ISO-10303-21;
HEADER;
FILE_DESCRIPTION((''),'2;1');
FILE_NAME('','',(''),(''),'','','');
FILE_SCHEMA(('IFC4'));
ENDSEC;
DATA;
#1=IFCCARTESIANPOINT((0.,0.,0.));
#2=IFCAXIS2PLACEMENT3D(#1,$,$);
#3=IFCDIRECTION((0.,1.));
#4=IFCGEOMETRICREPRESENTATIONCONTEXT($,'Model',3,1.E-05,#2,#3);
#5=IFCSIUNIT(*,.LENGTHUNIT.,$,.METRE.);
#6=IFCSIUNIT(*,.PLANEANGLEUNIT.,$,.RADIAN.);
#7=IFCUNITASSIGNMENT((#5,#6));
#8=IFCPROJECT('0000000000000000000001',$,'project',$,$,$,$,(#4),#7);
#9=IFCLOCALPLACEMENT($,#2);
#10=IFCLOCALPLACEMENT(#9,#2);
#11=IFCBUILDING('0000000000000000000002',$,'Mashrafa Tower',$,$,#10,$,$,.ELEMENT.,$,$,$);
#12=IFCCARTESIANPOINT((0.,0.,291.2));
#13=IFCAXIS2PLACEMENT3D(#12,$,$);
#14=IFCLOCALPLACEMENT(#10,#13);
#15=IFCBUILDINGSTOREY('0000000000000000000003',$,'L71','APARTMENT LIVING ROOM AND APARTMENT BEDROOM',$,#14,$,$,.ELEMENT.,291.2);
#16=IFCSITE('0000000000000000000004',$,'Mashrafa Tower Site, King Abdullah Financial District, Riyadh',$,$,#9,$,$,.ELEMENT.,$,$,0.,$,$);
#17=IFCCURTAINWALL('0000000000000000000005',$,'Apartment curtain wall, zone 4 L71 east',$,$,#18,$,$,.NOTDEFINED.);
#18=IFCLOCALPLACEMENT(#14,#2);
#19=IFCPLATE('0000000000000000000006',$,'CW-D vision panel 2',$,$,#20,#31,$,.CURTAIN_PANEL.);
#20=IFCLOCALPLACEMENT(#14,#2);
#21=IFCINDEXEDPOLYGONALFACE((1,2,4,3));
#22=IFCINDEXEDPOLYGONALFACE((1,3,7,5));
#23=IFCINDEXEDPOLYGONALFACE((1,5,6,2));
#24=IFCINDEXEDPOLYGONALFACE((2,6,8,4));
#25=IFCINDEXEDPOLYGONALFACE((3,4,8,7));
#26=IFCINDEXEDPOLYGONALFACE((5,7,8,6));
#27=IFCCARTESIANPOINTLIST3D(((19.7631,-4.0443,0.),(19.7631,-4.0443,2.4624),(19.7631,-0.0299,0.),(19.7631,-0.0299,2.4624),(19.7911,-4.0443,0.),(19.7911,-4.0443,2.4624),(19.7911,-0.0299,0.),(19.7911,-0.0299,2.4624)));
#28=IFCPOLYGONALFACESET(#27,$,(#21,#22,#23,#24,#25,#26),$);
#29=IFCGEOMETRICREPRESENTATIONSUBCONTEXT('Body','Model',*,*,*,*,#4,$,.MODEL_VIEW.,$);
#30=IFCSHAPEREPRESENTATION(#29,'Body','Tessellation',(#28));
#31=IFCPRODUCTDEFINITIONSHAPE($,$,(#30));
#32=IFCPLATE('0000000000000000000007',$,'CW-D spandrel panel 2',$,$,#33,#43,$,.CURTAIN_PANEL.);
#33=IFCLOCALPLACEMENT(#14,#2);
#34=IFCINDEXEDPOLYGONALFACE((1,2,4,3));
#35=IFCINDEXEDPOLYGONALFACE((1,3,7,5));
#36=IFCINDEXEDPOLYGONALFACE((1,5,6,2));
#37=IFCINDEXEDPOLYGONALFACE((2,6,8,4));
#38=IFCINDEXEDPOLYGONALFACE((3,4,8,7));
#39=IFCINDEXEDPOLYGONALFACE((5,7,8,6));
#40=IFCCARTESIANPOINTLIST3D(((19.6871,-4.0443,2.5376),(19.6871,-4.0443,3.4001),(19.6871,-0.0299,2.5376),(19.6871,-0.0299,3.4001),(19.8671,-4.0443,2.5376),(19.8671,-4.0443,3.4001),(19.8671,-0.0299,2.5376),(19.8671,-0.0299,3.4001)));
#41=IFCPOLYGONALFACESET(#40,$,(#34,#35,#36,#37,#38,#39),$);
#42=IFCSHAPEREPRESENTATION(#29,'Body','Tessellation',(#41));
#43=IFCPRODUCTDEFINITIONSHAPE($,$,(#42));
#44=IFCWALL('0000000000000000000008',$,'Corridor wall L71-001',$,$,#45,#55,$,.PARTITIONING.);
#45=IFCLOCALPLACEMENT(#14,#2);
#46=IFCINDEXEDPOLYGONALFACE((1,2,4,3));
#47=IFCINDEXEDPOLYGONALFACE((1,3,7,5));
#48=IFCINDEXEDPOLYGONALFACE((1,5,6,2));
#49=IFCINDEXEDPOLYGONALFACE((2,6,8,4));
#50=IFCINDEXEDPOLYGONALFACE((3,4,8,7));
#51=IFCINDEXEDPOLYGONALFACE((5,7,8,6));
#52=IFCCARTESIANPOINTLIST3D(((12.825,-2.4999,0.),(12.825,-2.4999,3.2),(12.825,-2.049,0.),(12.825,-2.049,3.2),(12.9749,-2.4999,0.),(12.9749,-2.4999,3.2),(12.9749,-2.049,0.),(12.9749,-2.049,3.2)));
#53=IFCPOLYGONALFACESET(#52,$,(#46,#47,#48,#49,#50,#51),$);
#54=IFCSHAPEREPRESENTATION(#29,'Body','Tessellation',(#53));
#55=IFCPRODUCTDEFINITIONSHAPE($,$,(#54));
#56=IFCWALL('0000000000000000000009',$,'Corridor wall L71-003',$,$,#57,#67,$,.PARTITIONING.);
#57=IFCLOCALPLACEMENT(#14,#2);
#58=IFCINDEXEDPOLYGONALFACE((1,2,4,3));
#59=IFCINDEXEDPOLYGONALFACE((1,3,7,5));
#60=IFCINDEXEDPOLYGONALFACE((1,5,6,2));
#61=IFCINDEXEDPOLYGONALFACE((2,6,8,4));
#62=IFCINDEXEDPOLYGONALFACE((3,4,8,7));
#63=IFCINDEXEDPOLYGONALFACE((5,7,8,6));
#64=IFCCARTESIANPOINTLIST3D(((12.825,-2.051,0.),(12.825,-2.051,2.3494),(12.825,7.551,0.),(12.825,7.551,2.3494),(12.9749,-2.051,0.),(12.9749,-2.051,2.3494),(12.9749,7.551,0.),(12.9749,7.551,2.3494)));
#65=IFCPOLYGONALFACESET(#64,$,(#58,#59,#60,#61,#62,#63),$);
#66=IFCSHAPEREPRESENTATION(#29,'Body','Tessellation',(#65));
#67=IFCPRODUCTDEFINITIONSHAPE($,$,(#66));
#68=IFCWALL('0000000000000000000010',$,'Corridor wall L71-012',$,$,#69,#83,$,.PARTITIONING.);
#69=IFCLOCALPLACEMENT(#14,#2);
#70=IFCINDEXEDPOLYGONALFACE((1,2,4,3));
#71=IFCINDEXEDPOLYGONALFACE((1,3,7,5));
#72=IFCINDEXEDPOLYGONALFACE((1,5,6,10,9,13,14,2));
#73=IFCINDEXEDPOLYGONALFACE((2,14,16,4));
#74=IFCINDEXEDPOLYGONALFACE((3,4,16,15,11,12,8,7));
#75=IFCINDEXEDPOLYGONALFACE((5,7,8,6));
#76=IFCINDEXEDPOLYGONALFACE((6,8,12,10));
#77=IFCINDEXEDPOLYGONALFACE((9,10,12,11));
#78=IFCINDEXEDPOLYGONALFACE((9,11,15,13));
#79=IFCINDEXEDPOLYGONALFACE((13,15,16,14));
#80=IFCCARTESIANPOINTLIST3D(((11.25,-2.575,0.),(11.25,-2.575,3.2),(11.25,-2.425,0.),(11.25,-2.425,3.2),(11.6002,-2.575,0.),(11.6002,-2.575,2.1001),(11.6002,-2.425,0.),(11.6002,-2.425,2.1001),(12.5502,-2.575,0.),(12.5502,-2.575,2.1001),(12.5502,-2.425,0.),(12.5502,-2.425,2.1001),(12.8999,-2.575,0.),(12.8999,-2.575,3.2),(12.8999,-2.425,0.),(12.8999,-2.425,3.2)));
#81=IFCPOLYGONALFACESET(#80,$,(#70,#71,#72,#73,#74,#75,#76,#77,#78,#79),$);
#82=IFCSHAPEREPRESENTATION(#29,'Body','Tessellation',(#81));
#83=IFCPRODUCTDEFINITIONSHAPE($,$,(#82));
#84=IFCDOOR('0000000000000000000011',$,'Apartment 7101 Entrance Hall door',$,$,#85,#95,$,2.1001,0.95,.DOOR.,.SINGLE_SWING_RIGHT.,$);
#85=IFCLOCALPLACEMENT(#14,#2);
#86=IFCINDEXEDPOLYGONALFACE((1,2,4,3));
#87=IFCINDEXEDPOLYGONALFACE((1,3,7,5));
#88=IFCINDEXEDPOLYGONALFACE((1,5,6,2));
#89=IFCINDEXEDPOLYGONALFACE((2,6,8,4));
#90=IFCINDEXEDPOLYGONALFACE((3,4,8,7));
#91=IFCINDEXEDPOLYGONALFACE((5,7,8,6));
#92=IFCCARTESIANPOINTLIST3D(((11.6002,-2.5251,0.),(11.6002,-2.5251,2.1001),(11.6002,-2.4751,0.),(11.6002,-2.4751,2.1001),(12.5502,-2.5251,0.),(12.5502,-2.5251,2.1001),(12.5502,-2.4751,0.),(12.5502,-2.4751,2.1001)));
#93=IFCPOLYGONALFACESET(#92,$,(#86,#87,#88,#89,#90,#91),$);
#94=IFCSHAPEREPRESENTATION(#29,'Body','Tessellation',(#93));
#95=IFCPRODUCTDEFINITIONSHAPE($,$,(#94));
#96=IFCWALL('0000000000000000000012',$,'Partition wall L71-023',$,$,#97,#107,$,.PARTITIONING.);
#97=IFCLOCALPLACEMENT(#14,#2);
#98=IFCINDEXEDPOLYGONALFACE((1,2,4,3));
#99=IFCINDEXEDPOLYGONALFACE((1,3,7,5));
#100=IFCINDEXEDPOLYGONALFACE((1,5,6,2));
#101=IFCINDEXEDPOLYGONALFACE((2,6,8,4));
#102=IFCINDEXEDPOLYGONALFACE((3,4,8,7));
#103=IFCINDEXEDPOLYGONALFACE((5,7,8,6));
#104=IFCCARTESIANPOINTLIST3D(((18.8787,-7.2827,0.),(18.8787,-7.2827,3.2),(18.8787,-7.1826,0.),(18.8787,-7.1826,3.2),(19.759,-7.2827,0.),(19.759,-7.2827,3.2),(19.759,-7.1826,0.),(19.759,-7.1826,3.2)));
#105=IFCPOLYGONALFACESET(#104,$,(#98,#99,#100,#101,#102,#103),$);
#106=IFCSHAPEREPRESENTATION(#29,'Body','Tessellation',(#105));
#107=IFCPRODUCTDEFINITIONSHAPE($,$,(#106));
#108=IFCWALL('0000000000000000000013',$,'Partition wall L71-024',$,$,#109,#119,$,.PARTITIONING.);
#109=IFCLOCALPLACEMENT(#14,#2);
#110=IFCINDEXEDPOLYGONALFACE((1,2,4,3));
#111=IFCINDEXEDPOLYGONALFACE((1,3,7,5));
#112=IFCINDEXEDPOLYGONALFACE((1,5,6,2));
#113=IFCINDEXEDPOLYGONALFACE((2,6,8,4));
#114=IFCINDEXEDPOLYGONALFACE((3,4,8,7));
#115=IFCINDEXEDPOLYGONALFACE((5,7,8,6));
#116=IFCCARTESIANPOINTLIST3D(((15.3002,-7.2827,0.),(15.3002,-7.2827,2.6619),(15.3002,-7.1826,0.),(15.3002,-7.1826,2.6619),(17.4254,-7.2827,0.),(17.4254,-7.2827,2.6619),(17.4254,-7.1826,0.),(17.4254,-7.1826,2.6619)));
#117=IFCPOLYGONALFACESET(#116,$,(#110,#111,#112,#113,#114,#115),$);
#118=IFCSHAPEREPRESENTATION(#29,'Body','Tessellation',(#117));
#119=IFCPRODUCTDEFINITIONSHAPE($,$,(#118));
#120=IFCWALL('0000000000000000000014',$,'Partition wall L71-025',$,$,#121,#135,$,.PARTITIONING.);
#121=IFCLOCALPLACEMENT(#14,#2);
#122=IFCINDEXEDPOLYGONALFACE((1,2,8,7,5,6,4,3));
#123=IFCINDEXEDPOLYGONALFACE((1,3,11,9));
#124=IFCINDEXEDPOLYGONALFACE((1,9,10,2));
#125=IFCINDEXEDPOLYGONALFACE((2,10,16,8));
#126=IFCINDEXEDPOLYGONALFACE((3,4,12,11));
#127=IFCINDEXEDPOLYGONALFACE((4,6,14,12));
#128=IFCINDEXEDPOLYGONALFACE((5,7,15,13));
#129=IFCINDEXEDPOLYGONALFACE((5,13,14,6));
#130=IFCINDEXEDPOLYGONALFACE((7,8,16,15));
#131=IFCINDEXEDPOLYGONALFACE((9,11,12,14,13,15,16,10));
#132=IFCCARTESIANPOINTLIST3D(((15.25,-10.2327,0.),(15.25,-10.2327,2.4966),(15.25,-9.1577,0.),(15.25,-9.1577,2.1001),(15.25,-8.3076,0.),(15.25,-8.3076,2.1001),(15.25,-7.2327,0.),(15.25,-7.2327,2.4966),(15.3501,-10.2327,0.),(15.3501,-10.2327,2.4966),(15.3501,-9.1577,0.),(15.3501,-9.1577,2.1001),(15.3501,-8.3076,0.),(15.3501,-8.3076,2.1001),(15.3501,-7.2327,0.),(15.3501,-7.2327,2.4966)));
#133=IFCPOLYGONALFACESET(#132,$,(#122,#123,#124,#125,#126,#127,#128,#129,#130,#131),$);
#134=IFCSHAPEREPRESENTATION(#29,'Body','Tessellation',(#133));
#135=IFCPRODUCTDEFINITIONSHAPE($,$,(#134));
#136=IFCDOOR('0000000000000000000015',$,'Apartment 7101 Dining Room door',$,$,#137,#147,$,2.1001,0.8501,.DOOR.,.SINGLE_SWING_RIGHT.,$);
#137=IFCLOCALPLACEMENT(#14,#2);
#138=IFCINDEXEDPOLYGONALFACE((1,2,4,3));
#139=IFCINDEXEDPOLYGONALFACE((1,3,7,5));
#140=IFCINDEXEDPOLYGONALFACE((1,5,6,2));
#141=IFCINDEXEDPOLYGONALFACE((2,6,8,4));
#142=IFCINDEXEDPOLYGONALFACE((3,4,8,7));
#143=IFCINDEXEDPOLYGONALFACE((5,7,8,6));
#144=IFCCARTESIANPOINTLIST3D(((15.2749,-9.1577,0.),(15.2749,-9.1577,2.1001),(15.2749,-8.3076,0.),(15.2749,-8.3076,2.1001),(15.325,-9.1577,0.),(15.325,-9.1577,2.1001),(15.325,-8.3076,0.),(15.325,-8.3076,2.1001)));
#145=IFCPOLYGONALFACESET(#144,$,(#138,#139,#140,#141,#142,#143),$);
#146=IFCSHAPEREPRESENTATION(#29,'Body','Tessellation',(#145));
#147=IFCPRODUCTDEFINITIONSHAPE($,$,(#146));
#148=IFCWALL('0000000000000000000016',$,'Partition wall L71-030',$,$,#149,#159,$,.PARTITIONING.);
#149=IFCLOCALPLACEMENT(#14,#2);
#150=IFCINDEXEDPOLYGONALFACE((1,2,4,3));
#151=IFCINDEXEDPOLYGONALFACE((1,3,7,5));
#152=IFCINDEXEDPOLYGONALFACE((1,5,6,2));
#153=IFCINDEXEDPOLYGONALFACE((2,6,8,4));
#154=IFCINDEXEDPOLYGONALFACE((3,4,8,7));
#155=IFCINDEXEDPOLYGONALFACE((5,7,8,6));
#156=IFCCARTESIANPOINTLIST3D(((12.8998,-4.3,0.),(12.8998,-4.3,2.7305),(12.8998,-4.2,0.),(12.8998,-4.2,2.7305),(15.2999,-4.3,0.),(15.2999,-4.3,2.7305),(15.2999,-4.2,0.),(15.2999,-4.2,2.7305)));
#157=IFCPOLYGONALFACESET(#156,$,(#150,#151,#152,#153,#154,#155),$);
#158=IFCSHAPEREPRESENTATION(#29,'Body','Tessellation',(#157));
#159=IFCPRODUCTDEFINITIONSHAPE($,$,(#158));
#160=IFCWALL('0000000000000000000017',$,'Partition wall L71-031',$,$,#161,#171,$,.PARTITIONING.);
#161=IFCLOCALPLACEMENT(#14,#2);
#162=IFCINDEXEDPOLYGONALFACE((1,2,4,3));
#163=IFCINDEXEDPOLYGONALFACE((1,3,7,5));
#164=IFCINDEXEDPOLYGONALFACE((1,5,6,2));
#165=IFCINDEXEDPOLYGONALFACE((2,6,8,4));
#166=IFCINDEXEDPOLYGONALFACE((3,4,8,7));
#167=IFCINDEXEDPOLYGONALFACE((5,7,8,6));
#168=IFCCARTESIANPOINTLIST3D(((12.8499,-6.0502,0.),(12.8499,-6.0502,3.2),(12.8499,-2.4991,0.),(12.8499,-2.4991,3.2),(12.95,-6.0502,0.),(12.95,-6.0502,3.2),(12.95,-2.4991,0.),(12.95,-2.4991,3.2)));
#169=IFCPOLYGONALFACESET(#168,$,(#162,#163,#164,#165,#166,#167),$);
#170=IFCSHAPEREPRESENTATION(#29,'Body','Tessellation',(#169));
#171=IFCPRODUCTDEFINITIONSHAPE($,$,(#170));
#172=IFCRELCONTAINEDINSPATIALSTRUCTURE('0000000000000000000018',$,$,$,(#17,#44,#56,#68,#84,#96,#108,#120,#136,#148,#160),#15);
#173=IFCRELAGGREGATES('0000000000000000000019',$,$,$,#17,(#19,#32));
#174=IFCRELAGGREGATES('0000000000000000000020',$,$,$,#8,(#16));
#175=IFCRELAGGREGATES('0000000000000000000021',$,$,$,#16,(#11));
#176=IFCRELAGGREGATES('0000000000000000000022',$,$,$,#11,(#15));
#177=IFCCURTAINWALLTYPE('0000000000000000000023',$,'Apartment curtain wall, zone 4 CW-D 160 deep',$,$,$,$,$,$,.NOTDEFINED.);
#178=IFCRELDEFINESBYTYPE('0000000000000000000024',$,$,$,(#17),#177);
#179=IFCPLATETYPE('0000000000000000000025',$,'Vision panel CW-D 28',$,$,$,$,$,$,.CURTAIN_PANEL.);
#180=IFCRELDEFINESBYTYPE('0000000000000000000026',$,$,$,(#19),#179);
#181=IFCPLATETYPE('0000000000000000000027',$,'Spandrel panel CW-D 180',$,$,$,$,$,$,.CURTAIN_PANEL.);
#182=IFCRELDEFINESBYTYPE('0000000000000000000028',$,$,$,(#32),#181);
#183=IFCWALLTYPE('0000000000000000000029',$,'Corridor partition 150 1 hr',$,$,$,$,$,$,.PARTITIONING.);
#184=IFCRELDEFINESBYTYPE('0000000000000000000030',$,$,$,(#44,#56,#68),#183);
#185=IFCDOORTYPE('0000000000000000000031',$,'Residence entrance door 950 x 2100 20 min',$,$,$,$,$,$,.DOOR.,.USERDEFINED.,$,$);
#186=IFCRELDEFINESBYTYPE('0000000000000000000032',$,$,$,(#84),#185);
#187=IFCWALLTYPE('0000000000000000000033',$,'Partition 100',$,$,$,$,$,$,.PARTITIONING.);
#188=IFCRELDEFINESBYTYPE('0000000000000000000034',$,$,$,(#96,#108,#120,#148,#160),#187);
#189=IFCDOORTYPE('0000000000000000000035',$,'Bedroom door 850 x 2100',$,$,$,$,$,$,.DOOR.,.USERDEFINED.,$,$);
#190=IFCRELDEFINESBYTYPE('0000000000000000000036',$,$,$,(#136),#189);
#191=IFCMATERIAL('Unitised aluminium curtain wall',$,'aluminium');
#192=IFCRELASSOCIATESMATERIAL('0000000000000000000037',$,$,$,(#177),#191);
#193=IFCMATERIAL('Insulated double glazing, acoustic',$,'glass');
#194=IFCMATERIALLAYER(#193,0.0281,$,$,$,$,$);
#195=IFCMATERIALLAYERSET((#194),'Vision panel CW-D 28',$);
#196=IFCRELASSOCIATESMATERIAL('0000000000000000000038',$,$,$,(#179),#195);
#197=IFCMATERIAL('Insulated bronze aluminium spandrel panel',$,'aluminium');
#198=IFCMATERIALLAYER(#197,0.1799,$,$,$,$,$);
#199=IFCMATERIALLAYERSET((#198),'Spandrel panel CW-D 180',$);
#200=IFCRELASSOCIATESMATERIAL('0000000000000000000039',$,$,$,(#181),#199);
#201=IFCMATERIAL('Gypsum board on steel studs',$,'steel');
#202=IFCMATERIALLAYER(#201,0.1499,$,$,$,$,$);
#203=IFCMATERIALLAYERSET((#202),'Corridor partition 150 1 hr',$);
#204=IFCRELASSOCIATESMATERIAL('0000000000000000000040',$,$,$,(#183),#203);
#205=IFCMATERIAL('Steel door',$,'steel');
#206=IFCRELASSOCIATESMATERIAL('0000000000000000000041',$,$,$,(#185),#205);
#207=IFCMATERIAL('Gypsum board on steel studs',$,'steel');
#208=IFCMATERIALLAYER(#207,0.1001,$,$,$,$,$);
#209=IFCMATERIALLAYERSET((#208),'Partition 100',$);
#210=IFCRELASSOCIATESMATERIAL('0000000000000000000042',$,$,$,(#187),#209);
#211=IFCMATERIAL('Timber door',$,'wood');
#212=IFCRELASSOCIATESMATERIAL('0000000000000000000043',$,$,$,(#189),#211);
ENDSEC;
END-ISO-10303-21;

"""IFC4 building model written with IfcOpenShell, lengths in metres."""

from ifc_helpers import new_model, si_unit, direction, frame, frame_2d, origin, origin_2d, place, context, subcontext, project, spatial, rectangle, extrude, source, transform, mapped, material, layer, layer_set, type_object, element, fill, aggregate, save


model = new_model("IFC4")

# Units and contexts
model_context = context("Model", 3, precision=1e-05, world=origin(), true_north=direction((0.0, 1.0)))
body_context = subcontext(model_context, "Body", "Model", "MODEL_VIEW")
ifc_project = project(units=[si_unit("LENGTHUNIT", "METRE"), si_unit("PLANEANGLEUNIT", "RADIAN")], contexts=[model_context])

# Site, building, storey
site_placement = place(None, origin())
site = spatial("IfcSite", under=ifc_project, at=site_placement, Name="Mashrafa Tower Site, King Abdullah Financial District, Riyadh", CompositionType="ELEMENT", RefElevation=0.0)
building_placement = place(site_placement, origin())
building = spatial("IfcBuilding", under=site, at=building_placement, Name="Mashrafa Tower", CompositionType="ELEMENT")
storey_placement = place(building_placement, frame((0.0, 0.0, 291.2)))
storey = spatial("IfcBuildingStorey", under=building, at=storey_placement, Name="L71", Description="APARTMENT LIVING ROOM AND APARTMENT BEDROOM", CompositionType="ELEMENT", Elevation=291.2)

# Curtain wall, plates
ifc_material_1 = material(Name="Unitised aluminium curtain wall", Category="aluminium")
curtain_wall_type = type_object("IfcCurtainWallType", Name="Apartment curtain wall, zone 4 CW-D 160 deep", PredefinedType="NOTDEFINED", material=ifc_material_1)
curtain_wall_placement = place(storey_placement, origin())
curtain_wall = element("IfcCurtainWall", 1, at=curtain_wall_placement, inside=storey, type_object=curtain_wall_type, Name="Apartment curtain wall, zone 4 L71 east", PredefinedType="NOTDEFINED")
ifc_material_2 = material(Name="Insulated double glazing, acoustic", Category="glass")
ifc_layer_1 = layer(ifc_material_2, 0.0281)
ifc_layer_set_1 = layer_set([ifc_layer_1], Name="Vision panel CW-D 28")
plate_type_1 = type_object("IfcPlateType", Name="Vision panel CW-D 28", PredefinedType="CURTAIN_PANEL", material=ifc_layer_set_1)
ifc_material_3 = material(Name="Insulated bronze aluminium spandrel panel", Category="aluminium")
ifc_layer_2 = layer(ifc_material_3, 0.1799)
ifc_layer_set_2 = layer_set([ifc_layer_2], Name="Spandrel panel CW-D 180")
plate_type_2 = type_object("IfcPlateType", Name="Spandrel panel CW-D 180", PredefinedType="CURTAIN_PANEL", material=ifc_layer_set_2)
shared_shape_1 = source(origin(), body_context, "Body", "SweptSolid", [
    extrude(rectangle(XDim=4.0144, YDim=0.0281, at=origin_2d()), origin(), (0.0, 0.0, 1.0), 2.4624),
])
plate_1_placement = place(storey_placement, frame((19.7771, -2.0371, 0.0), z_axis=(0.0, 0.0, 1.0), x_axis=(0.0, 1.0, 0.0)))
plate_1 = element("IfcPlate", 2, at=plate_1_placement, type_object=plate_type_1, Name="CW-D vision panel 2", PredefinedType="CURTAIN_PANEL", context=body_context, shape_type="MappedRepresentation", body=[
    mapped(shared_shape_1, transform((0.0, 0.0, 0.0))),
])
shared_shape_2 = source(origin(), body_context, "Body", "SweptSolid", [
    extrude(rectangle(XDim=4.0144, YDim=0.1799, at=origin_2d()), origin(), (0.0, 0.0, 1.0), 0.8625),
])
plate_2_placement = place(storey_placement, frame((19.7771, -2.0371, 2.5376), z_axis=(0.0, 0.0, 1.0), x_axis=(0.0, 1.0, 0.0)))
plate_2 = element("IfcPlate", 3, at=plate_2_placement, type_object=plate_type_2, Name="CW-D spandrel panel 2", PredefinedType="CURTAIN_PANEL", context=body_context, shape_type="MappedRepresentation", body=[
    mapped(shared_shape_2, transform((0.0, 0.0, 0.0))),
])
aggregate(curtain_wall, [plate_1, plate_2])

# Walls
ifc_material_4 = material(Name="Gypsum board on steel studs", Category="steel")
ifc_layer_3 = layer(ifc_material_4, 0.1499)
ifc_layer_set_3 = layer_set([ifc_layer_3], Name="Corridor partition 150 1 hr")
wall_type_1 = type_object("IfcWallType", Name="Corridor partition 150 1 hr", PredefinedType="PARTITIONING", material=ifc_layer_set_3)
wall_1_placement = place(storey_placement, frame((12.8999, -2.5, 0.0), z_axis=(0.0, 0.0, 1.0), x_axis=(0.0, 1.0, 0.0)))
element("IfcWall", 4, at=wall_1_placement, inside=storey, type_object=wall_type_1, Name="Corridor wall L71-001", PredefinedType="PARTITIONING", context=body_context, shape_type="SweptSolid", body=[
    extrude(rectangle(XDim=0.4509, YDim=0.1499, at=frame_2d((0.2256, 0.0))), origin(), (0.0, 0.0, 1.0), 3.2),
])
wall_2_placement = place(storey_placement, frame((12.8999, -2.051, 0.0), z_axis=(0.0, 0.0, 1.0), x_axis=(0.0, 1.0, 0.0)))
element("IfcWall", 5, at=wall_2_placement, inside=storey, type_object=wall_type_1, Name="Corridor wall L71-003", PredefinedType="PARTITIONING", context=body_context, shape_type="SweptSolid", body=[
    extrude(rectangle(XDim=9.6021, YDim=0.1499, at=frame_2d((4.801, 0.0))), origin(), (0.0, 0.0, 1.0), 2.3494),
])

# Wall, opening, door
wall_3_placement = place(storey_placement, frame((11.25, -2.5, 0.0), z_axis=(0.0, 0.0, 1.0), x_axis=(1.0, 0.0, 0.0)))
wall_3 = element("IfcWall", 6, at=wall_3_placement, inside=storey, type_object=wall_type_1, Name="Corridor wall L71-012", PredefinedType="PARTITIONING", context=body_context, shape_type="SweptSolid", body=[
    extrude(rectangle(XDim=1.6499, YDim=0.1499, at=frame_2d((0.825, 0.0))), origin(), (0.0, 0.0, 1.0), 3.2),
])
opening_1_placement = place(wall_3_placement, frame((0.3501, 0.0, 0.0)))
opening_1 = element("IfcOpeningElement", 7, at=opening_1_placement, cuts=wall_3, PredefinedType="OPENING", context=body_context, shape_type="SweptSolid", body=[
    extrude(rectangle(XDim=0.95, YDim=2.1001, at=frame_2d((0.4751, 1.05))), frame((0.0, 0.085, 0.0), z_axis=(0.0, -1.0, 0.0), x_axis=(1.0, 0.0, 0.0)), (0.0, 0.0, 1.0), 0.1699),
])
ifc_material_5 = material(Name="Steel door", Category="steel")
door_type_1 = type_object("IfcDoorType", Name="Residence entrance door 950 x 2100 20 min", OperationType="USERDEFINED", PredefinedType="DOOR", material=ifc_material_5)
door_1_placement = place(opening_1_placement, origin())
door_1 = element("IfcDoor", 8, at=door_1_placement, inside=storey, type_object=door_type_1, Name="Apartment 7101 Entrance Hall door", OperationType="SINGLE_SWING_RIGHT", OverallHeight=2.1001, OverallWidth=0.95, PredefinedType="DOOR", context=body_context, shape_type="SweptSolid", body=[
    extrude(rectangle(XDim=0.95, YDim=2.1001, at=frame_2d((0.4751, 1.05))), frame((0.0, 0.0249, 0.0), z_axis=(0.0, -1.0, 0.0), x_axis=(1.0, 0.0, 0.0)), (0.0, 0.0, 1.0), 0.05),
])
fill(opening_1, door_1)

# Walls
ifc_material_6 = material(Name="Gypsum board on steel studs", Category="steel")
ifc_layer_4 = layer(ifc_material_6, 0.1001)
ifc_layer_set_4 = layer_set([ifc_layer_4], Name="Partition 100")
wall_type_2 = type_object("IfcWallType", Name="Partition 100", PredefinedType="PARTITIONING", material=ifc_layer_set_4)
wall_4_placement = place(storey_placement, frame((19.759, -7.2327, 0.0), z_axis=(0.0, 0.0, 1.0), x_axis=(-1.0, 0.0, 0.0)))
element("IfcWall", 9, at=wall_4_placement, inside=storey, type_object=wall_type_2, Name="Partition wall L71-023", PredefinedType="PARTITIONING", context=body_context, shape_type="SweptSolid", body=[
    extrude(rectangle(XDim=0.8804, YDim=0.1001, at=frame_2d((0.4402, 0.0))), origin(), (0.0, 0.0, 1.0), 3.2),
])
wall_5_placement = place(storey_placement, frame((17.4253, -7.2327, 0.0), z_axis=(0.0, 0.0, 1.0), x_axis=(-1.0, 0.0, 0.0)))
element("IfcWall", 10, at=wall_5_placement, inside=storey, type_object=wall_type_2, Name="Partition wall L71-024", PredefinedType="PARTITIONING", context=body_context, shape_type="SweptSolid", body=[
    extrude(rectangle(XDim=2.1252, YDim=0.1001, at=frame_2d((1.0625, 0.0))), origin(), (0.0, 0.0, 1.0), 2.6619),
])

# Wall, opening, door
wall_6_placement = place(storey_placement, frame((15.3, -7.2327, 0.0), z_axis=(0.0, 0.0, 1.0), x_axis=(0.0, -1.0, 0.0)))
wall_6 = element("IfcWall", 11, at=wall_6_placement, inside=storey, type_object=wall_type_2, Name="Partition wall L71-025", PredefinedType="PARTITIONING", context=body_context, shape_type="SweptSolid", body=[
    extrude(rectangle(XDim=3.0, YDim=0.1001, at=frame_2d((1.5, 0.0))), origin(), (0.0, 0.0, 1.0), 2.4966),
])
opening_2_placement = place(wall_6_placement, frame((1.075, 0.0, 0.0)))
opening_2 = element("IfcOpeningElement", 12, at=opening_2_placement, cuts=wall_6, PredefinedType="OPENING", context=body_context, shape_type="SweptSolid", body=[
    extrude(rectangle(XDim=0.8501, YDim=2.1001, at=frame_2d((0.425, 1.05))), frame((0.0, 0.0601, 0.0), z_axis=(0.0, -1.0, 0.0), x_axis=(1.0, 0.0, 0.0)), (0.0, 0.0, 1.0), 0.1201),
])
ifc_material_7 = material(Name="Timber door", Category="wood")
door_type_2 = type_object("IfcDoorType", Name="Bedroom door 850 x 2100", OperationType="USERDEFINED", PredefinedType="DOOR", material=ifc_material_7)
door_2_placement = place(opening_2_placement, origin())
door_2 = element("IfcDoor", 13, at=door_2_placement, inside=storey, type_object=door_type_2, Name="Apartment 7101 Dining Room door", OperationType="SINGLE_SWING_RIGHT", OverallHeight=2.1001, OverallWidth=0.8501, PredefinedType="DOOR", context=body_context, shape_type="SweptSolid", body=[
    extrude(rectangle(XDim=0.8501, YDim=2.1001, at=frame_2d((0.425, 1.05))), frame((0.0, 0.0249, 0.0), z_axis=(0.0, -1.0, 0.0), x_axis=(1.0, 0.0, 0.0)), (0.0, 0.0, 1.0), 0.05),
])
fill(opening_2, door_2)

# Walls
wall_7_placement = place(storey_placement, frame((15.3, -4.25, 0.0), z_axis=(0.0, 0.0, 1.0), x_axis=(-1.0, 0.0, 0.0)))
element("IfcWall", 14, at=wall_7_placement, inside=storey, type_object=wall_type_2, Name="Partition wall L71-030", PredefinedType="PARTITIONING", context=body_context, shape_type="SweptSolid", body=[
    extrude(rectangle(XDim=2.4001, YDim=0.1001, at=frame_2d((1.2002, 0.0))), origin(), (0.0, 0.0, 1.0), 2.7305),
])
wall_8_placement = place(storey_placement, frame((12.8999, -6.05, 0.0), z_axis=(0.0, 0.0, 1.0), x_axis=(0.0, 1.0, 0.0)))
element("IfcWall", 15, at=wall_8_placement, inside=storey, type_object=wall_type_2, Name="Partition wall L71-031", PredefinedType="PARTITIONING", context=body_context, shape_type="SweptSolid", body=[
    extrude(rectangle(XDim=3.551, YDim=0.1001, at=frame_2d((1.7754, 0.0))), origin(), (0.0, 0.0, 1.0), 3.2),
])

save(model, "model.ifc")
